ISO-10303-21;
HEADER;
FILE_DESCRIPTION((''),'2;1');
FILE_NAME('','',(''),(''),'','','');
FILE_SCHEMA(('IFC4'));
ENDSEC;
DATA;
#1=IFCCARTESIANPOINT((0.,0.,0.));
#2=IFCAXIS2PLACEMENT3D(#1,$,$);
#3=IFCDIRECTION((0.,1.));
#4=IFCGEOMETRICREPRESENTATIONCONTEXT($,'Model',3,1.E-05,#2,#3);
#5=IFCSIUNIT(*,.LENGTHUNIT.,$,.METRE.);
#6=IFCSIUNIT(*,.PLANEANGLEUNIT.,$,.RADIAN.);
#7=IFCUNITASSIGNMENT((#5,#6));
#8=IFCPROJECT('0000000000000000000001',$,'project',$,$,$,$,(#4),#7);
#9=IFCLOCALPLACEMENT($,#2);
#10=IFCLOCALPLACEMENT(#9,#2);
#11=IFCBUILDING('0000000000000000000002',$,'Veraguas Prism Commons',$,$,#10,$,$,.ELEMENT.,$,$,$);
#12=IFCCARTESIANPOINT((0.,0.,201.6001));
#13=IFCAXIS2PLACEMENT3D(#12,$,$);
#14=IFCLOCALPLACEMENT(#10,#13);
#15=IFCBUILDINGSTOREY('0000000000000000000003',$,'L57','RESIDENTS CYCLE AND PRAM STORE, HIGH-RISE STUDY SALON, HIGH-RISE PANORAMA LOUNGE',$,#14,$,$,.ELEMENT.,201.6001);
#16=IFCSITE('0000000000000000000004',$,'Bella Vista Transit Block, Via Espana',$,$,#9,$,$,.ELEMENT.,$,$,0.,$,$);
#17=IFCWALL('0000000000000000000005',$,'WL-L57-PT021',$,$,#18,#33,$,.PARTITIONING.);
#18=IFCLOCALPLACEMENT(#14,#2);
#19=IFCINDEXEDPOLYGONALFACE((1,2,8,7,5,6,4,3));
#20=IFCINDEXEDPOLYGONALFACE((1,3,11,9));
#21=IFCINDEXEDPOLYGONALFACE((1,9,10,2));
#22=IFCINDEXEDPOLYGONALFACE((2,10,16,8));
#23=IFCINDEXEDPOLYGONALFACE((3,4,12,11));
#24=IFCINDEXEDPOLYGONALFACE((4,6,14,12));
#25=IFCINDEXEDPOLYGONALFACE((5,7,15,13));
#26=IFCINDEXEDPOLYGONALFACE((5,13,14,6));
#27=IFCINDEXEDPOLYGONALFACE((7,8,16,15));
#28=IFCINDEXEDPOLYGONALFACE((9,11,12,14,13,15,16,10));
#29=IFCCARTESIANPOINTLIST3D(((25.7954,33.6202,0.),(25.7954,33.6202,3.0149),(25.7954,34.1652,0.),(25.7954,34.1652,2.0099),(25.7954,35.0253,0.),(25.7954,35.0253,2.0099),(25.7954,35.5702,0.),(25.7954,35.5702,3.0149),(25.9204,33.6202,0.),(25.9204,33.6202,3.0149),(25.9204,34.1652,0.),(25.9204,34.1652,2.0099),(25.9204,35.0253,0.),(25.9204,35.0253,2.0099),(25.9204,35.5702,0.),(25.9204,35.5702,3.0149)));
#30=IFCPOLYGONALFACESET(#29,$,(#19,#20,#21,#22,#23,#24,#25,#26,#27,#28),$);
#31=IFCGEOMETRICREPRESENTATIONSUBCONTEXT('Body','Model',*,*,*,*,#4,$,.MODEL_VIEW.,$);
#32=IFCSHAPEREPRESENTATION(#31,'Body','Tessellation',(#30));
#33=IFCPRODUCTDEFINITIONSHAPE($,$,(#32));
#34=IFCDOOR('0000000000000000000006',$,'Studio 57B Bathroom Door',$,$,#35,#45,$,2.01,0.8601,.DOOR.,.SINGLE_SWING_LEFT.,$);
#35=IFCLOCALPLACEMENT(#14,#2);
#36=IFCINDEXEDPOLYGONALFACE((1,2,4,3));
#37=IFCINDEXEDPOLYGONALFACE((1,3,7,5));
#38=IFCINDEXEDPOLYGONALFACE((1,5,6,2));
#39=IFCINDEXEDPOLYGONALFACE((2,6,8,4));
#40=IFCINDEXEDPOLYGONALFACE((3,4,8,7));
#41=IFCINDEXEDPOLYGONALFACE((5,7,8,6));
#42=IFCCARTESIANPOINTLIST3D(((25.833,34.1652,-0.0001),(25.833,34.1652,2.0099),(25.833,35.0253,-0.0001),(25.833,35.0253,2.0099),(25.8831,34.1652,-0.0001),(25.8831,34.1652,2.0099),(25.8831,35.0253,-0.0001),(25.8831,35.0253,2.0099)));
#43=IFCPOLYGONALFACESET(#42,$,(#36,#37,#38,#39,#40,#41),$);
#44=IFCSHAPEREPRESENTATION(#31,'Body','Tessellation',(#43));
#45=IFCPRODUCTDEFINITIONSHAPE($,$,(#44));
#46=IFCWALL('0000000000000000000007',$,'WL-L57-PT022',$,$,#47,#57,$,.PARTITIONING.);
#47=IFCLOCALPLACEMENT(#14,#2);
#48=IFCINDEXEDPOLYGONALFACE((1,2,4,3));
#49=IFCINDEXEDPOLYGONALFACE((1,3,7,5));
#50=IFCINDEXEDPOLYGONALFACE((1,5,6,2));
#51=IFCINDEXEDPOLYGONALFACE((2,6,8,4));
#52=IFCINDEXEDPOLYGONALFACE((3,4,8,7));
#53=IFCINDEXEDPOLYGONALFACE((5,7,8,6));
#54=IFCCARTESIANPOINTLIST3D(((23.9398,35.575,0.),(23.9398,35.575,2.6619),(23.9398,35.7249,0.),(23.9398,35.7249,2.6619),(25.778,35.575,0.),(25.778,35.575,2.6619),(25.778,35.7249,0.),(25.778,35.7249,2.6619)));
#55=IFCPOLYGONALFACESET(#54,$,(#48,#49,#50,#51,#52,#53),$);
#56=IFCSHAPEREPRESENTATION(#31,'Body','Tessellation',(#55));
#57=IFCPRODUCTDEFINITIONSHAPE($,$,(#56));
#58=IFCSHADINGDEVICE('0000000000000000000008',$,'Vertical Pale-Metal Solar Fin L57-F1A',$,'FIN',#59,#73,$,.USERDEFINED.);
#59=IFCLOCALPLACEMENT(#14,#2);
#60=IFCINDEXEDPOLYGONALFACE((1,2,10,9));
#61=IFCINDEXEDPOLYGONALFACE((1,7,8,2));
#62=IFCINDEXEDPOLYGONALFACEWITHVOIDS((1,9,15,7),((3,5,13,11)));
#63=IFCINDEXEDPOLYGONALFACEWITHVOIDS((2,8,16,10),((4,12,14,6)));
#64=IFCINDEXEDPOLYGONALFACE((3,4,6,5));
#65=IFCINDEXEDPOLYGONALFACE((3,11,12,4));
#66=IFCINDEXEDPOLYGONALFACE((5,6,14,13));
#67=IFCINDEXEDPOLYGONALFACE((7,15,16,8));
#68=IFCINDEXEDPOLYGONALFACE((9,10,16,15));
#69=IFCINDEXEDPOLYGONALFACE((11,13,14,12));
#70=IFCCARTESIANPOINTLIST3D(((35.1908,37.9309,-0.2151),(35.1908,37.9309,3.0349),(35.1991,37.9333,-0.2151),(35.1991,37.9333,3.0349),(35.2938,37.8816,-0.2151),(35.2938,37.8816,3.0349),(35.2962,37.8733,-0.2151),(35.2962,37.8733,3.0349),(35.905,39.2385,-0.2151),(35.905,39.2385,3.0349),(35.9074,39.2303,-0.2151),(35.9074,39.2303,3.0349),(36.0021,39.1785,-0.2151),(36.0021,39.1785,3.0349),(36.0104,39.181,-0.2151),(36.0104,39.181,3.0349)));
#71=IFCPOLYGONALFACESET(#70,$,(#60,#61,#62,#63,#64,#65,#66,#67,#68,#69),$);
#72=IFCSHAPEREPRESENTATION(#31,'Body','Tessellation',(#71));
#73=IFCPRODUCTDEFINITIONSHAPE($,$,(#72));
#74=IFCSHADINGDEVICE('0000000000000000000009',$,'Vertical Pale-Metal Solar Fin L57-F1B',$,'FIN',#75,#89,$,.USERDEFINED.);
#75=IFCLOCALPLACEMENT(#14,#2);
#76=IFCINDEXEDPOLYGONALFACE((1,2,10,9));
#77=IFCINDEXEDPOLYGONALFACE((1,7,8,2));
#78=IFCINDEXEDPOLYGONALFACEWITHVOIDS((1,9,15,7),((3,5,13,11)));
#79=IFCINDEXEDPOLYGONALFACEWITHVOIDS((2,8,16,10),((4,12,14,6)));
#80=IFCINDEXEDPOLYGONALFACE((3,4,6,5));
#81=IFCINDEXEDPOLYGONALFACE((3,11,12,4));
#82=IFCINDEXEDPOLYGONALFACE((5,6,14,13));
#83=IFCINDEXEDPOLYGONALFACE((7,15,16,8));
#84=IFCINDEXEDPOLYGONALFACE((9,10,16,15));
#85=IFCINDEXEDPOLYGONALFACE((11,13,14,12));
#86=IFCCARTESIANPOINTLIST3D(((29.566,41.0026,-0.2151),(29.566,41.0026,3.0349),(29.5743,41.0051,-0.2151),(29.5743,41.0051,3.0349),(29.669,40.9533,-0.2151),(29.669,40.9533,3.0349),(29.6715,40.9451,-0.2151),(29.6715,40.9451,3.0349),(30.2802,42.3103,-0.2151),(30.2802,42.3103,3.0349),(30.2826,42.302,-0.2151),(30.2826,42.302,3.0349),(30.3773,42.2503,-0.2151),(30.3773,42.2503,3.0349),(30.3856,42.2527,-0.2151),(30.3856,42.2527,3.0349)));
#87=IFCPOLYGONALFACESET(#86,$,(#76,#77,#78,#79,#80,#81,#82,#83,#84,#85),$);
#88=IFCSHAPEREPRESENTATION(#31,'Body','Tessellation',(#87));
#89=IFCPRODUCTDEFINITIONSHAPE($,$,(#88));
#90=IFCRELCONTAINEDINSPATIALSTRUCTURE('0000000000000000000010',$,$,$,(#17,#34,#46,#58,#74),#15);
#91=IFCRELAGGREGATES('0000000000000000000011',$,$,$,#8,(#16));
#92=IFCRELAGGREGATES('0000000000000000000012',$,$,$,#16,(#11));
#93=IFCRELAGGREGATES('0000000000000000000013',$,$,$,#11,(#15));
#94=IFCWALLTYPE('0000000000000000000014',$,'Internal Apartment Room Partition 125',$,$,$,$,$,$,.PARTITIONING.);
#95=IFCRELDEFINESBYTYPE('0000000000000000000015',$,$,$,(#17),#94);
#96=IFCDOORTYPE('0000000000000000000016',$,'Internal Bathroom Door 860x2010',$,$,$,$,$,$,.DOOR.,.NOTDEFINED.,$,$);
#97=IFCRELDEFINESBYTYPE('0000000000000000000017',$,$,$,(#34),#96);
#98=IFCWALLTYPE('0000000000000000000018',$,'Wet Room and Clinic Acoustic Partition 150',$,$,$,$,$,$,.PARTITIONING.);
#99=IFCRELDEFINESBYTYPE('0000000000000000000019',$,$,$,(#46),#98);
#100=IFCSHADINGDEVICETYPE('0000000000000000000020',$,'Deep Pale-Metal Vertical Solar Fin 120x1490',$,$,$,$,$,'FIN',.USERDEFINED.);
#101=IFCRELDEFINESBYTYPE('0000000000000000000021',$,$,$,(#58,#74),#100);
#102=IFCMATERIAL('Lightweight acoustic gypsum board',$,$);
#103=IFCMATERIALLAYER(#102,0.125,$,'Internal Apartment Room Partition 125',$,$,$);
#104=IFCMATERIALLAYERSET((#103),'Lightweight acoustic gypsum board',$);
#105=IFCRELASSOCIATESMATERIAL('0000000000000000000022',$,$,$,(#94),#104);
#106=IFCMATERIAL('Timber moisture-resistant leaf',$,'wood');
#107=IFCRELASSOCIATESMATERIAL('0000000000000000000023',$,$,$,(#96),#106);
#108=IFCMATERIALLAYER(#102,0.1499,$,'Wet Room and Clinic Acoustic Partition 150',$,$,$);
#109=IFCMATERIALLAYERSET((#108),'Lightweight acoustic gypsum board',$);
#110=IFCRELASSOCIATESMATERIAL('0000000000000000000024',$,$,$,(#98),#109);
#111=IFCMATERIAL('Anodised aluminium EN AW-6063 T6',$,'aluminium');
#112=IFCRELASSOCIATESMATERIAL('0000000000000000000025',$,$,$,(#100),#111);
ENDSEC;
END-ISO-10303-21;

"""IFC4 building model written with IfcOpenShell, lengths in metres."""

from ifc_helpers import new_model, si_unit, direction, frame, frame_2d, origin, origin_2d, place, context, subcontext, project, spatial, rectangle, hollow_rectangle, extrude, source, transform, mapped, material, layer, layer_set, material_profile, profile_set, type_object, element, fill, save


model = new_model("IFC4")

# Units and contexts
model_context = context("Model", 3, precision=1e-05, world=origin(), true_north=direction((0.0, 1.0)))
body_context = subcontext(model_context, "Body", "Model", "MODEL_VIEW")
ifc_project = project(units=[si_unit("LENGTHUNIT", "METRE"), si_unit("PLANEANGLEUNIT", "RADIAN")], contexts=[model_context])

# Site, building, storey
site_placement = place(None, origin())
site = spatial("IfcSite", under=ifc_project, at=site_placement, Name="Bella Vista Transit Block, Via Espana", CompositionType="ELEMENT", RefElevation=0.0)
building_placement = place(site_placement, origin())
building = spatial("IfcBuilding", under=site, at=building_placement, Name="Veraguas Prism Commons", CompositionType="ELEMENT")
storey_placement = place(building_placement, frame((0.0, 0.0, 201.6001)))
storey = spatial("IfcBuildingStorey", under=building, at=storey_placement, Name="L57", Description="RESIDENTS CYCLE AND PRAM STORE, HIGH-RISE STUDY SALON, HIGH-RISE PANORAMA LOUNGE", CompositionType="ELEMENT", Elevation=201.6001)

# Shared definitions
ifc_material_1 = material(Name="Anodised aluminium EN AW-6063 T6", Category="aluminium")

# Wall, opening, door
ifc_material_2 = material(Name="Lightweight acoustic gypsum board")
ifc_layer_1 = layer(ifc_material_2, 0.125, Name="Internal Apartment Room Partition 125")
ifc_layer_set_1 = layer_set([ifc_layer_1], Name="Lightweight acoustic gypsum board")
wall_type_1 = type_object("IfcWallType", Name="Internal Apartment Room Partition 125", PredefinedType="PARTITIONING", material=ifc_layer_set_1)
wall_1_placement = place(storey_placement, frame((25.8579, 33.6201, 0.0), z_axis=(0.0, 0.0, 1.0), x_axis=(0.0, 1.0, 0.0)))
wall_1 = element("IfcWall", 1, at=wall_1_placement, inside=storey, type_object=wall_type_1, Name="WL-L57-PT021", PredefinedType="PARTITIONING", context=body_context, shape_type="SweptSolid", body=[
    extrude(rectangle(XDim=1.95, YDim=0.125, at=frame_2d((0.9751, 0.0))), origin(), (0.0, 0.0, 1.0), 3.0149),
])
opening_1_placement = place(wall_1_placement, frame((0.5449, 0.0, 0.0)))
opening_1 = element("IfcOpeningElement", 2, at=opening_1_placement, cuts=wall_1, PredefinedType="OPENING", context=body_context, shape_type="SweptSolid", body=[
    extrude(rectangle(XDim=0.8601, YDim=2.01, at=frame_2d((0.4302, 1.0049))), frame((0.0, 0.0725, 0.0), z_axis=(0.0, -1.0, 0.0), x_axis=(1.0, 0.0, 0.0)), (0.0, 0.0, 1.0), 0.145),
])
ifc_material_3 = material(Name="Timber moisture-resistant leaf", Category="wood")
door_type_1 = type_object("IfcDoorType", Name="Internal Bathroom Door 860x2010", OperationType="NOTDEFINED", PredefinedType="DOOR", material=ifc_material_3)
shared_shape_1 = source(origin(), body_context, "Body", "SweptSolid", [
    extrude(rectangle(XDim=0.8601, YDim=2.01, at=frame_2d((0.4302, 1.0049))), frame((0.0, 0.0249, 0.0), z_axis=(0.0, -1.0, 0.0), x_axis=(1.0, 0.0, 0.0)), (0.0, 0.0, 1.0), 0.05),
])
door_1_placement = place(opening_1_placement, origin())
door_1 = element("IfcDoor", 3, at=door_1_placement, inside=storey, type_object=door_type_1, Name="Studio 57B Bathroom Door", OperationType="SINGLE_SWING_LEFT", OverallHeight=2.01, OverallWidth=0.8601, PredefinedType="DOOR", context=body_context, shape_type="MappedRepresentation", body=[
    mapped(shared_shape_1, transform((0.0, 0.0, 0.0), scale=1.0)),
])
fill(opening_1, door_1)

# Wall
ifc_layer_2 = layer(ifc_material_2, 0.1499, Name="Wet Room and Clinic Acoustic Partition 150")
ifc_layer_set_2 = layer_set([ifc_layer_2], Name="Lightweight acoustic gypsum board")
wall_type_2 = type_object("IfcWallType", Name="Wet Room and Clinic Acoustic Partition 150", PredefinedType="PARTITIONING", material=ifc_layer_set_2)
wall_2_placement = place(storey_placement, frame((23.9399, 35.6499, 0.0), z_axis=(0.0, 0.0, 1.0), x_axis=(1.0, 0.0, 0.0)))
element("IfcWall", 4, at=wall_2_placement, inside=storey, type_object=wall_type_2, Name="WL-L57-PT022", PredefinedType="PARTITIONING", context=body_context, shape_type="SweptSolid", body=[
    extrude(rectangle(XDim=1.8381, YDim=0.1499, at=frame_2d((0.9189, 0.0))), origin(), (0.0, 0.0, 1.0), 2.6619),
])

# Shading devices
ifc_material_profile_1 = material_profile(ifc_material_1, hollow_rectangle(XDim=0.1201, YDim=1.49, WallThickness=0.0061, at=origin_2d()), Name="FIN120X1490X6")
ifc_profile_set_1 = profile_set([ifc_material_profile_1], Name="Anodised aluminium EN AW-6063 T6")
shading_device_type = type_object("IfcShadingDeviceType", Name="Deep Pale-Metal Vertical Solar Fin 120x1490", ElementType="FIN", PredefinedType="USERDEFINED", material=ifc_profile_set_1)
for number, where, z_axis, x_axis, name in (
    (5, (35.6006, 38.5559, -0.2151), (0.0, 0.0, 1.0), (-0.877646, 0.479309, 0.0), "Vertical Pale-Metal Solar Fin L57-F1A"),
    (6, (29.9758, 41.6277, -0.2151), (0.0, 0.0, 1.0), (-0.877646, 0.479309, 0.0), "Vertical Pale-Metal Solar Fin L57-F1B"),
):
    element("IfcShadingDevice", number, at=place(storey_placement, frame(where, z_axis=z_axis, x_axis=x_axis)), inside=storey, type_object=shading_device_type, Name=name, ObjectType="FIN", PredefinedType="USERDEFINED", context=body_context, shape_type="SweptSolid", body=[
        extrude(hollow_rectangle(XDim=0.1201, YDim=1.49, WallThickness=0.0061, at=origin_2d()), origin(), (0.0, 0.0, 1.0), 3.25),
    ])

save(model, "model.ifc")
